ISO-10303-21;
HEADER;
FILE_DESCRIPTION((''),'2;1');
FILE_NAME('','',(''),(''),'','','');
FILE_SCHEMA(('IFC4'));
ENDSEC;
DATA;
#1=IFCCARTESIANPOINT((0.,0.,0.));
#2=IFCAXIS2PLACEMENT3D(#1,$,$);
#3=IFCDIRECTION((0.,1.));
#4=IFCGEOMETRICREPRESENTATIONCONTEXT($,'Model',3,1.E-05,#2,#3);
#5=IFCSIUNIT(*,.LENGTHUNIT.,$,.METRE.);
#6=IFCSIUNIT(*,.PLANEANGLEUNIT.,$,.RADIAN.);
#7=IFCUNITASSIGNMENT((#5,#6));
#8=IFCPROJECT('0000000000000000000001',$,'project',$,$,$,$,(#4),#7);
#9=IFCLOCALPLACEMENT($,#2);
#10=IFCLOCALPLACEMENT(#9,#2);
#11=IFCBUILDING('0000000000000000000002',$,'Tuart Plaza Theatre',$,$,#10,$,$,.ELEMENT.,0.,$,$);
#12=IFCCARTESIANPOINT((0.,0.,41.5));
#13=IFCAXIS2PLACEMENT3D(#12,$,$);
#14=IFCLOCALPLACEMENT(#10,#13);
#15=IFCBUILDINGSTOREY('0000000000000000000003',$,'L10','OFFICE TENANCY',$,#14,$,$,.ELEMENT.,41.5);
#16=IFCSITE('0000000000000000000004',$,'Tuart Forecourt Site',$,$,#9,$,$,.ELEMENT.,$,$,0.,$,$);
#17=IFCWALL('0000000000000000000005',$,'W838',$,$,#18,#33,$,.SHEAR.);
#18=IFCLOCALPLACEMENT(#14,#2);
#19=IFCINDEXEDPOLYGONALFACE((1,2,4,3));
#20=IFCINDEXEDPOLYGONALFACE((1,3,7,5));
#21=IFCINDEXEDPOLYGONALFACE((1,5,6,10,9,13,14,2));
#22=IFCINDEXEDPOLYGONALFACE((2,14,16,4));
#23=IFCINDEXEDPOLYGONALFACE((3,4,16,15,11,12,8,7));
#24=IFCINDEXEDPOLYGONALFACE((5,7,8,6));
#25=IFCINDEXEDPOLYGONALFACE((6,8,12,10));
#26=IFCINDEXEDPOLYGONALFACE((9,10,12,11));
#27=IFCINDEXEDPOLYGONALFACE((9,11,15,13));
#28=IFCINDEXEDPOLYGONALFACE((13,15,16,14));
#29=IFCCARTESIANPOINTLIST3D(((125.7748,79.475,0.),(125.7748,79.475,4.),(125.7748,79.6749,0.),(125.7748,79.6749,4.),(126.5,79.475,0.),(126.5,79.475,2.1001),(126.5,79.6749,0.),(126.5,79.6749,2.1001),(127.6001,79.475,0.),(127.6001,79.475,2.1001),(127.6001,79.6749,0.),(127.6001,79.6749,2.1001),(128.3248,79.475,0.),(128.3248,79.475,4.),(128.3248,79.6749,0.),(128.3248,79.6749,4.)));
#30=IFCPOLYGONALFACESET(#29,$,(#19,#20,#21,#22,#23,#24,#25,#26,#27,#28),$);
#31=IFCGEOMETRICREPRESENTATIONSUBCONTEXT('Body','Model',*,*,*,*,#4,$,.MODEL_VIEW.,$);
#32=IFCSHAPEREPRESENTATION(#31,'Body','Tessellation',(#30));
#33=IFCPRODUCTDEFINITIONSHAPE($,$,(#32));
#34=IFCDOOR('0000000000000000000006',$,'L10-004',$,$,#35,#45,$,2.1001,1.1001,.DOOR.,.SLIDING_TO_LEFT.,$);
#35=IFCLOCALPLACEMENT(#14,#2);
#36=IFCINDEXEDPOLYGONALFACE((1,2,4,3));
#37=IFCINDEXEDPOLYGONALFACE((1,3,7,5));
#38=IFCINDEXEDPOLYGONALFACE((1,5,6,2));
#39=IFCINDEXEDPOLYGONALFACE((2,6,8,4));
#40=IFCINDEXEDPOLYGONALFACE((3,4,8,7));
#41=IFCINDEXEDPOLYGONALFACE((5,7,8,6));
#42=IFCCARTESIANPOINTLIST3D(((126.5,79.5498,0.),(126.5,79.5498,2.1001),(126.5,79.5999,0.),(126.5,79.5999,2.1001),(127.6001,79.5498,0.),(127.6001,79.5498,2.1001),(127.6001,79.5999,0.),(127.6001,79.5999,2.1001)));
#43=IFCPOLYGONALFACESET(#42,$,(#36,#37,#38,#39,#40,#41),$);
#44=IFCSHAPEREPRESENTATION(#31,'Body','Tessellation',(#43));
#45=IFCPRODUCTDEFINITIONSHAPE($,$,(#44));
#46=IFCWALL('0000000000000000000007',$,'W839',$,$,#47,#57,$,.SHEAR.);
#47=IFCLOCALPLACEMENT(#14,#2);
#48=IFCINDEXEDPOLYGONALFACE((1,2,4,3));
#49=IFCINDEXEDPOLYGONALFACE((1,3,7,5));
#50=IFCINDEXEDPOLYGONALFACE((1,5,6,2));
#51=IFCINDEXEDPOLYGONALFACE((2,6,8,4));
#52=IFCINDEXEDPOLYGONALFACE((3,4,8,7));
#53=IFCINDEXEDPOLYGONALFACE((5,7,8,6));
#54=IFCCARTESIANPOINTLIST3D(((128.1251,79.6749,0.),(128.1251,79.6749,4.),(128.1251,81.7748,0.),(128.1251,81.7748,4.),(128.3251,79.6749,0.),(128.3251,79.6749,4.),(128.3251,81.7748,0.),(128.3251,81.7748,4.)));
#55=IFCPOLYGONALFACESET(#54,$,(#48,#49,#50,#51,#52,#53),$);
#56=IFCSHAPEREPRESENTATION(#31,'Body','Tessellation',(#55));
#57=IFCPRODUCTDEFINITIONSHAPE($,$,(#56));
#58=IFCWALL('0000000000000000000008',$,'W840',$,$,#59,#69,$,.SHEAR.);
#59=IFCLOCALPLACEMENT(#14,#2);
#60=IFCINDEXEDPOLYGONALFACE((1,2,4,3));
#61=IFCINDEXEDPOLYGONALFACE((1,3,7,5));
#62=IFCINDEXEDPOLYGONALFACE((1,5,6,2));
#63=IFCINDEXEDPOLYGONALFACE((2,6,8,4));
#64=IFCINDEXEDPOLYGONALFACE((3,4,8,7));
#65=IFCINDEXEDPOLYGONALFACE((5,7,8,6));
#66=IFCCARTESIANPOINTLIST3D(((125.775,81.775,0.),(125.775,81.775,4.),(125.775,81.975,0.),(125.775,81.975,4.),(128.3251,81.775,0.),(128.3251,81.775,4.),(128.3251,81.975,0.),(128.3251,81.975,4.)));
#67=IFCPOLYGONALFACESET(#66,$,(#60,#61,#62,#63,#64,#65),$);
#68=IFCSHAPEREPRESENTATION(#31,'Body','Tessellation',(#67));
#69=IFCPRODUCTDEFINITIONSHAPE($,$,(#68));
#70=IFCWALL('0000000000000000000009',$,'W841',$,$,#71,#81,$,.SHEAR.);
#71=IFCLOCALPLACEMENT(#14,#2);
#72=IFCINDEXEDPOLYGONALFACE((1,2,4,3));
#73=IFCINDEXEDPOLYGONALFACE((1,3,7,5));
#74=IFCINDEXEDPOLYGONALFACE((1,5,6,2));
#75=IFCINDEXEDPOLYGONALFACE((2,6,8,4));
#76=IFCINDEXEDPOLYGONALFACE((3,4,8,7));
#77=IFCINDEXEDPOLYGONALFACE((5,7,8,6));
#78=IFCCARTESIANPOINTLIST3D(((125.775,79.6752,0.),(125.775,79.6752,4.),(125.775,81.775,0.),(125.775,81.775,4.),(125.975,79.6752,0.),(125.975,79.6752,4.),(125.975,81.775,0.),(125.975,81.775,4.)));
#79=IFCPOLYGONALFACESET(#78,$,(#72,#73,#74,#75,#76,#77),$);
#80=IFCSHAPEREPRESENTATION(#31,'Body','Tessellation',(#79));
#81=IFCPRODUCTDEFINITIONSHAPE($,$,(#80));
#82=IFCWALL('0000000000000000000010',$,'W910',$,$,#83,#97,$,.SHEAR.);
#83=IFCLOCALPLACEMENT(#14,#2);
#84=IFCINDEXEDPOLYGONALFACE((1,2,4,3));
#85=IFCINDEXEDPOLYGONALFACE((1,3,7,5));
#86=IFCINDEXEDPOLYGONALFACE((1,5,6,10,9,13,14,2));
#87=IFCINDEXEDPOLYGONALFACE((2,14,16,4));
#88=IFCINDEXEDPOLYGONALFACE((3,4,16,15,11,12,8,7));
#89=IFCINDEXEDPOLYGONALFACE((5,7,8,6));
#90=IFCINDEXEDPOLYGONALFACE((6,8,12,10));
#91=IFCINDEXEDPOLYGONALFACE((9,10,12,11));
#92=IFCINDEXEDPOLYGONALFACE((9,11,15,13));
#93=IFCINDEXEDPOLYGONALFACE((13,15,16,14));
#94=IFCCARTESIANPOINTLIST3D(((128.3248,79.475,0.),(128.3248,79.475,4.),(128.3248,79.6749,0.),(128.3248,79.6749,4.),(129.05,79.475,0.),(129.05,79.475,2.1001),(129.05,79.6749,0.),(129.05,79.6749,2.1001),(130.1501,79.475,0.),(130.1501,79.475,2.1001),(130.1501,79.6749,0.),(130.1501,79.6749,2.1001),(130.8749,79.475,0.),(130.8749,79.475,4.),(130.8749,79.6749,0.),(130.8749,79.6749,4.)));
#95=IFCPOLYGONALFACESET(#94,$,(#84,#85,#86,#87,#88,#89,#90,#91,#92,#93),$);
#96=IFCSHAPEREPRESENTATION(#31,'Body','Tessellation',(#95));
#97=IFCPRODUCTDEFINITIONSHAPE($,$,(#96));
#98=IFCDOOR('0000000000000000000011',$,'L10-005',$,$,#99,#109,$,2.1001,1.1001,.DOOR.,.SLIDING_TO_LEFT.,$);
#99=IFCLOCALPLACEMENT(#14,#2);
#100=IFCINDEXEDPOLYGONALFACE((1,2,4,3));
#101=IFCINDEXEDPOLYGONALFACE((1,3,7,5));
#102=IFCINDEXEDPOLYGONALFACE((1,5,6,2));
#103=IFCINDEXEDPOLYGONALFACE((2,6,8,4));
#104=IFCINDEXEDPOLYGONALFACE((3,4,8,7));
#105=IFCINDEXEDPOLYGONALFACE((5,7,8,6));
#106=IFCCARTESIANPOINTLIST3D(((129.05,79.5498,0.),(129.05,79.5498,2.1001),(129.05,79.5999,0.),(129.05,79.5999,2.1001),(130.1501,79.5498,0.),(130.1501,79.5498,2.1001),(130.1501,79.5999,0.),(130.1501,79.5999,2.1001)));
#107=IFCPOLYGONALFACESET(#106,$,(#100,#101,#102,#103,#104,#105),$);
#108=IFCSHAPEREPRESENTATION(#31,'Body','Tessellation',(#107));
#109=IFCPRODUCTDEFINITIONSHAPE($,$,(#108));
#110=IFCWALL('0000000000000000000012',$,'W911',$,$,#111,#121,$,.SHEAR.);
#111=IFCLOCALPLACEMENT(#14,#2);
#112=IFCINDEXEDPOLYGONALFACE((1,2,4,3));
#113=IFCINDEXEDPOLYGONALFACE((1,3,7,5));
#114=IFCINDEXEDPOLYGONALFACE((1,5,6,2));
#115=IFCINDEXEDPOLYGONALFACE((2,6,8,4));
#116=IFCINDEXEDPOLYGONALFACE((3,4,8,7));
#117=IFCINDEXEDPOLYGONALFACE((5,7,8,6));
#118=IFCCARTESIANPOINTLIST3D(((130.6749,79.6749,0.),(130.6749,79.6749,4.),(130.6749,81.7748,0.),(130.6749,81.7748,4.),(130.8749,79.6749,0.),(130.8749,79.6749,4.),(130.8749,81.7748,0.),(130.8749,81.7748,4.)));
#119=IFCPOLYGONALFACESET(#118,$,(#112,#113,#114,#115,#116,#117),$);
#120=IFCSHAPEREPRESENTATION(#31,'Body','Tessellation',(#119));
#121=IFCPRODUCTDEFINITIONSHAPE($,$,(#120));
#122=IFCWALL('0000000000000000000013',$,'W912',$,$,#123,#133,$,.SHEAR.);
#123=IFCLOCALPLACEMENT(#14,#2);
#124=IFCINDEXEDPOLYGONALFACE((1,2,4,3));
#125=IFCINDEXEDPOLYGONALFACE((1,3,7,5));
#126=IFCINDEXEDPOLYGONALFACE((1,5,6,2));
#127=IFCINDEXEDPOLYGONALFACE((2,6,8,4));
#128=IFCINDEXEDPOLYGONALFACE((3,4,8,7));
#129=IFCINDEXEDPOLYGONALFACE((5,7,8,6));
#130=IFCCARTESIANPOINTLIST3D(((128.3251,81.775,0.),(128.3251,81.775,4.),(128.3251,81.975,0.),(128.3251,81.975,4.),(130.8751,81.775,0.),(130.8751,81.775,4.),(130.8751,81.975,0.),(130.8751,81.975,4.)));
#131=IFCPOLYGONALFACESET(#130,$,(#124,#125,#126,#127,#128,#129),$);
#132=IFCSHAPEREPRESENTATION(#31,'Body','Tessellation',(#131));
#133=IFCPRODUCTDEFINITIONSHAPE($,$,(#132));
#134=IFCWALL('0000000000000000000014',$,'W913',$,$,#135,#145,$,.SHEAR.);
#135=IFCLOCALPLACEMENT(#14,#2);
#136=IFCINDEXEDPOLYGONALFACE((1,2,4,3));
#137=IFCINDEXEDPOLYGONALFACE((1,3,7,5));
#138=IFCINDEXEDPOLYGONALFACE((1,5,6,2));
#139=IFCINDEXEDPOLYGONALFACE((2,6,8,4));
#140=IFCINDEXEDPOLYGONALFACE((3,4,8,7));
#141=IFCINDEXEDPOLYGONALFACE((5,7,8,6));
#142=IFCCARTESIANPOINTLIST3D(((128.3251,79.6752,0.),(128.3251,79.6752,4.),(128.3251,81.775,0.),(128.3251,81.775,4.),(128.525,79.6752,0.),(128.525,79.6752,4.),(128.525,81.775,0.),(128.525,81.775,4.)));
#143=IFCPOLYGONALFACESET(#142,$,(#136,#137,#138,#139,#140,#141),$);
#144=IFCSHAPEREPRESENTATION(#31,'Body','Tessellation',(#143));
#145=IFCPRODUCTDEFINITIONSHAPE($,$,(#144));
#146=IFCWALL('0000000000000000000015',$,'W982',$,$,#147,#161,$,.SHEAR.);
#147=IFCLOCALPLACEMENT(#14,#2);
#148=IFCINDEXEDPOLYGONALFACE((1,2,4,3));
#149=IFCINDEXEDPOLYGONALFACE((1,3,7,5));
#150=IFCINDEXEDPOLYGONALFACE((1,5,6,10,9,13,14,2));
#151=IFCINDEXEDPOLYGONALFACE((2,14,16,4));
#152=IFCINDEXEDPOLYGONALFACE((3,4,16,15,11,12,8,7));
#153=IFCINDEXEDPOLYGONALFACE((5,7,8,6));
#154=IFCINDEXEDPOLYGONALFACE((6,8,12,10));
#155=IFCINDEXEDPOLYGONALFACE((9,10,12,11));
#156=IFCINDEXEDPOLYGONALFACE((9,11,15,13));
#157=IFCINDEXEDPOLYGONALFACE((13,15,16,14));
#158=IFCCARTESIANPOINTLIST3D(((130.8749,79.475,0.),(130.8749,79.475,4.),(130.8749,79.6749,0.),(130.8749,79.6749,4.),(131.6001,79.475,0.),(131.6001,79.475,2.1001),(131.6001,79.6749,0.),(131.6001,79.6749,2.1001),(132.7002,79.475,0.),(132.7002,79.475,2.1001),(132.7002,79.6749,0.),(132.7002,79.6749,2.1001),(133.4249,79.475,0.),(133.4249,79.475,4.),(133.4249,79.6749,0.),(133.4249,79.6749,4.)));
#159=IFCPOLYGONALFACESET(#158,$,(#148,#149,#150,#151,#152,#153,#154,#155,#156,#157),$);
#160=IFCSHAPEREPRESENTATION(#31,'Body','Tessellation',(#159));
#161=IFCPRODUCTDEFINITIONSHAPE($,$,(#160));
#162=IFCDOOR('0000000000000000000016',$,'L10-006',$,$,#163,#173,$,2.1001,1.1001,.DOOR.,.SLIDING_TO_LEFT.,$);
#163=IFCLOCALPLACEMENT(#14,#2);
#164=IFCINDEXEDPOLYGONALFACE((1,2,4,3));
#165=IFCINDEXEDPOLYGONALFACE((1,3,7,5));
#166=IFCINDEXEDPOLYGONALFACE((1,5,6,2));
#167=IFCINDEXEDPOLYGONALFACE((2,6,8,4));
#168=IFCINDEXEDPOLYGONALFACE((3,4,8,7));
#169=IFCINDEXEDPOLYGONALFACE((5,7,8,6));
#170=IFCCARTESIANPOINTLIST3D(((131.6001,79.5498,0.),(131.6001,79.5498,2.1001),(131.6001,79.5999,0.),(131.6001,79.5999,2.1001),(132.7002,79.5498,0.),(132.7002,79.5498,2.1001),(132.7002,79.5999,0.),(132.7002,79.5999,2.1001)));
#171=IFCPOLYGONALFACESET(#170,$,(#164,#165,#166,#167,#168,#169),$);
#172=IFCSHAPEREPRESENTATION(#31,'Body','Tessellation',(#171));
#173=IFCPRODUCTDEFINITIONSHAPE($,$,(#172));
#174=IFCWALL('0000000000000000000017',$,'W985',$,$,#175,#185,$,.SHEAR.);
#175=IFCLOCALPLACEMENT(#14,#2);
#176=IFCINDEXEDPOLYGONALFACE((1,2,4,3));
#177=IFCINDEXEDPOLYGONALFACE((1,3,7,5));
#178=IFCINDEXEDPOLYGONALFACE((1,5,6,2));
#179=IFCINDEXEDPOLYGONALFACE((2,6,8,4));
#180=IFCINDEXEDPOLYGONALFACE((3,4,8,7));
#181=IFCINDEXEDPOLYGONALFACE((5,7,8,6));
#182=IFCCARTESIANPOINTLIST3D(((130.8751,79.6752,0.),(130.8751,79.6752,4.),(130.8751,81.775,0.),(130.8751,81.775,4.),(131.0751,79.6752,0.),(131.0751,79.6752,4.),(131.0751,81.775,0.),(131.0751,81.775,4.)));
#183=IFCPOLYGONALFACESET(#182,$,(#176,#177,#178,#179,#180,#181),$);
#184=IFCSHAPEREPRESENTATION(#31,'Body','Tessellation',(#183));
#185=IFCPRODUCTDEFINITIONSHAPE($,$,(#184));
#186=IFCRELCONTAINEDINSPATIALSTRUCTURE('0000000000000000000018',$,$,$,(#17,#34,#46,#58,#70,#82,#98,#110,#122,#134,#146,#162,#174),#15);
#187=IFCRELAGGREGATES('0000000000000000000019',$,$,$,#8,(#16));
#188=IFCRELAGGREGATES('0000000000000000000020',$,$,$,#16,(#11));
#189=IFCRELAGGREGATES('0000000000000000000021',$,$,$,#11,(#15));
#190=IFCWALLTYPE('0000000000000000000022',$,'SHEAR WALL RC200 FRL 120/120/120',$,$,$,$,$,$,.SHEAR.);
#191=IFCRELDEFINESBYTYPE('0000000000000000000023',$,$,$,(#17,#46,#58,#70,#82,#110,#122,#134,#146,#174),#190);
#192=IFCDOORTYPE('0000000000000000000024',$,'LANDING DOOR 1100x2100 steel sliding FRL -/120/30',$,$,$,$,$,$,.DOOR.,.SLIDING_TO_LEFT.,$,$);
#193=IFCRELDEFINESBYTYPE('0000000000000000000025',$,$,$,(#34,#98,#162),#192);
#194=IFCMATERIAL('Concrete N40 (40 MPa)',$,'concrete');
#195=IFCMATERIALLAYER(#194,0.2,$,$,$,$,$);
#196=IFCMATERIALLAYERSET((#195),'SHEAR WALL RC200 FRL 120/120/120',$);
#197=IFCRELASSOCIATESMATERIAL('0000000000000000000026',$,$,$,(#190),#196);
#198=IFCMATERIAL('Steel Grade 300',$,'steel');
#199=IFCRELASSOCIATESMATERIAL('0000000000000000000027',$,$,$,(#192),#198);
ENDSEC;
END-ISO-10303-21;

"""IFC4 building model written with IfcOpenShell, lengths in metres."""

from ifc_helpers import new_model, si_unit, direction, frame, frame_2d, origin, place, context, subcontext, project, spatial, rectangle, extrude, material, layer, layer_set, type_object, element, fill, save


model = new_model("IFC4")

# Units and contexts
model_context = context("Model", 3, precision=1e-05, world=origin(), true_north=direction((0.0, 1.0)))
body_context = subcontext(model_context, "Body", "Model", "MODEL_VIEW")
ifc_project = project(units=[si_unit("LENGTHUNIT", "METRE"), si_unit("PLANEANGLEUNIT", "RADIAN")], contexts=[model_context])

# Site, building, storey
site_placement = place(None, origin())
site = spatial("IfcSite", under=ifc_project, at=site_placement, Name="Tuart Forecourt Site", CompositionType="ELEMENT", RefElevation=0.0)
building_placement = place(site_placement, origin())
building = spatial("IfcBuilding", under=site, at=building_placement, Name="Tuart Plaza Theatre", CompositionType="ELEMENT", ElevationOfRefHeight=0.0)
storey_placement = place(building_placement, frame((0.0, 0.0, 41.5)))
storey = spatial("IfcBuildingStorey", under=building, at=storey_placement, Name="L10", Description="OFFICE TENANCY", CompositionType="ELEMENT", Elevation=41.5)

# Shared definitions
ifc_material_1 = material(Name="Concrete N40 (40 MPa)", Category="concrete")
ifc_layer_1 = layer(ifc_material_1, 0.2)
ifc_layer_set_1 = layer_set([ifc_layer_1], Name="SHEAR WALL RC200 FRL 120/120/120")
wall_type_1 = type_object("IfcWallType", Name="SHEAR WALL RC200 FRL 120/120/120", PredefinedType="SHEAR", material=ifc_layer_set_1)
ifc_material_2 = material(Name="Steel Grade 300", Category="steel")
door_type_1 = type_object("IfcDoorType", Name="LANDING DOOR 1100x2100 steel sliding FRL -/120/30", OperationType="SLIDING_TO_LEFT", PredefinedType="DOOR", material=ifc_material_2)

# Wall, opening, door
wall_1_placement = place(storey_placement, frame((125.7749, 79.575, 0.0), z_axis=(0.0, 0.0, 1.0), x_axis=(1.0, 0.0, 0.0)))
wall_1 = element("IfcWall", 1, at=wall_1_placement, inside=storey, type_object=wall_type_1, Name="W838", PredefinedType="SHEAR", context=body_context, shape_type="SweptSolid", body=[
    extrude(rectangle(XDim=2.55, YDim=0.2, at=frame_2d((1.2749, 0.0))), origin(), (0.0, 0.0, 1.0), 4.0),
])
opening_1_placement = place(wall_1_placement, frame((0.7251, 0.0, 0.0)))
opening_1 = element("IfcOpeningElement", 2, at=opening_1_placement, cuts=wall_1, PredefinedType="OPENING", context=body_context, shape_type="SweptSolid", body=[
    extrude(rectangle(XDim=1.1001, YDim=2.1001, at=frame_2d((0.55, 1.05))), frame((0.0, 0.1099, 0.0), z_axis=(0.0, -1.0, 0.0), x_axis=(1.0, 0.0, 0.0)), (0.0, 0.0, 1.0), 0.22),
])
door_1_placement = place(opening_1_placement, origin())
door_1 = element("IfcDoor", 3, at=door_1_placement, inside=storey, type_object=door_type_1, Name="L10-004", OperationType="SLIDING_TO_LEFT", OverallHeight=2.1001, OverallWidth=1.1001, PredefinedType="DOOR", context=body_context, shape_type="SweptSolid", body=[
    extrude(rectangle(XDim=1.1001, YDim=2.1001, at=frame_2d((0.55, 1.05))), frame((0.0, 0.0249, 0.0), z_axis=(0.0, -1.0, 0.0), x_axis=(1.0, 0.0, 0.0)), (0.0, 0.0, 1.0), 0.05),
])
fill(opening_1, door_1)

# Walls
wall_2_placement = place(storey_placement, frame((128.2251, 79.675, 0.0), z_axis=(0.0, 0.0, 1.0), x_axis=(0.0, 1.0, 0.0)))
element("IfcWall", 4, at=wall_2_placement, inside=storey, type_object=wall_type_1, Name="W839", PredefinedType="SHEAR", context=body_context, shape_type="SweptSolid", body=[
    extrude(rectangle(XDim=2.0999, YDim=0.2, at=frame_2d((1.0498, 0.0))), origin(), (0.0, 0.0, 1.0), 4.0),
])
wall_3_placement = place(storey_placement, frame((128.325, 81.875, 0.0), z_axis=(0.0, 0.0, 1.0), x_axis=(-1.0, 0.0, 0.0)))
element("IfcWall", 5, at=wall_3_placement, inside=storey, type_object=wall_type_1, Name="W840", PredefinedType="SHEAR", context=body_context, shape_type="SweptSolid", body=[
    extrude(rectangle(XDim=2.55, YDim=0.2, at=frame_2d((1.2749, 0.0))), origin(), (0.0, 0.0, 1.0), 4.0),
])
wall_4_placement = place(storey_placement, frame((125.875, 81.7749, 0.0), z_axis=(0.0, 0.0, 1.0), x_axis=(0.0, -1.0, 0.0)))
element("IfcWall", 6, at=wall_4_placement, inside=storey, type_object=wall_type_1, Name="W841", PredefinedType="SHEAR", context=body_context, shape_type="SweptSolid", body=[
    extrude(rectangle(XDim=2.0999, YDim=0.2, at=frame_2d((1.0498, 0.0))), origin(), (0.0, 0.0, 1.0), 4.0),
])

# Wall, opening, door
wall_5_placement = place(storey_placement, frame((128.325, 79.575, 0.0), z_axis=(0.0, 0.0, 1.0), x_axis=(1.0, 0.0, 0.0)))
wall_5 = element("IfcWall", 7, at=wall_5_placement, inside=storey, type_object=wall_type_1, Name="W910", PredefinedType="SHEAR", context=body_context, shape_type="SweptSolid", body=[
    extrude(rectangle(XDim=2.55, YDim=0.2, at=frame_2d((1.2749, 0.0))), origin(), (0.0, 0.0, 1.0), 4.0),
])
opening_2_placement = place(wall_5_placement, frame((0.7251, 0.0, 0.0)))
opening_2 = element("IfcOpeningElement", 8, at=opening_2_placement, cuts=wall_5, PredefinedType="OPENING", context=body_context, shape_type="SweptSolid", body=[
    extrude(rectangle(XDim=1.1001, YDim=2.1001, at=frame_2d((0.55, 1.05))), frame((0.0, 0.1099, 0.0), z_axis=(0.0, -1.0, 0.0), x_axis=(1.0, 0.0, 0.0)), (0.0, 0.0, 1.0), 0.22),
])
door_2_placement = place(opening_2_placement, origin())
door_2 = element("IfcDoor", 9, at=door_2_placement, inside=storey, type_object=door_type_1, Name="L10-005", OperationType="SLIDING_TO_LEFT", OverallHeight=2.1001, OverallWidth=1.1001, PredefinedType="DOOR", context=body_context, shape_type="SweptSolid", body=[
    extrude(rectangle(XDim=1.1001, YDim=2.1001, at=frame_2d((0.55, 1.05))), frame((0.0, 0.0249, 0.0), z_axis=(0.0, -1.0, 0.0), x_axis=(1.0, 0.0, 0.0)), (0.0, 0.0, 1.0), 0.05),
])
fill(opening_2, door_2)

# Walls
wall_6_placement = place(storey_placement, frame((130.7749, 79.675, 0.0), z_axis=(0.0, 0.0, 1.0), x_axis=(0.0, 1.0, 0.0)))
element("IfcWall", 10, at=wall_6_placement, inside=storey, type_object=wall_type_1, Name="W911", PredefinedType="SHEAR", context=body_context, shape_type="SweptSolid", body=[
    extrude(rectangle(XDim=2.0999, YDim=0.2, at=frame_2d((1.0498, 0.0))), origin(), (0.0, 0.0, 1.0), 4.0),
])
wall_7_placement = place(storey_placement, frame((130.875, 81.875, 0.0), z_axis=(0.0, 0.0, 1.0), x_axis=(-1.0, 0.0, 0.0)))
element("IfcWall", 11, at=wall_7_placement, inside=storey, type_object=wall_type_1, Name="W912", PredefinedType="SHEAR", context=body_context, shape_type="SweptSolid", body=[
    extrude(rectangle(XDim=2.55, YDim=0.2, at=frame_2d((1.2749, 0.0))), origin(), (0.0, 0.0, 1.0), 4.0),
])
wall_8_placement = place(storey_placement, frame((128.425, 81.7749, 0.0), z_axis=(0.0, 0.0, 1.0), x_axis=(0.0, -1.0, 0.0)))
element("IfcWall", 12, at=wall_8_placement, inside=storey, type_object=wall_type_1, Name="W913", PredefinedType="SHEAR", context=body_context, shape_type="SweptSolid", body=[
    extrude(rectangle(XDim=2.0999, YDim=0.2, at=frame_2d((1.0498, 0.0))), origin(), (0.0, 0.0, 1.0), 4.0),
])

# Wall, opening, door
wall_9_placement = place(storey_placement, frame((130.875, 79.575, 0.0), z_axis=(0.0, 0.0, 1.0), x_axis=(1.0, 0.0, 0.0)))
wall_9 = element("IfcWall", 13, at=wall_9_placement, inside=storey, type_object=wall_type_1, Name="W982", PredefinedType="SHEAR", context=body_context, shape_type="SweptSolid", body=[
    extrude(rectangle(XDim=2.55, YDim=0.2, at=frame_2d((1.2749, 0.0))), origin(), (0.0, 0.0, 1.0), 4.0),
])
opening_3_placement = place(wall_9_placement, frame((0.7251, 0.0, 0.0)))
opening_3 = element("IfcOpeningElement", 14, at=opening_3_placement, cuts=wall_9, PredefinedType="OPENING", context=body_context, shape_type="SweptSolid", body=[
    extrude(rectangle(XDim=1.1001, YDim=2.1001, at=frame_2d((0.55, 1.05))), frame((0.0, 0.1099, 0.0), z_axis=(0.0, -1.0, 0.0), x_axis=(1.0, 0.0, 0.0)), (0.0, 0.0, 1.0), 0.22),
])
door_3_placement = place(opening_3_placement, origin())
door_3 = element("IfcDoor", 15, at=door_3_placement, inside=storey, type_object=door_type_1, Name="L10-006", OperationType="SLIDING_TO_LEFT", OverallHeight=2.1001, OverallWidth=1.1001, PredefinedType="DOOR", context=body_context, shape_type="SweptSolid", body=[
    extrude(rectangle(XDim=1.1001, YDim=2.1001, at=frame_2d((0.55, 1.05))), frame((0.0, 0.0249, 0.0), z_axis=(0.0, -1.0, 0.0), x_axis=(1.0, 0.0, 0.0)), (0.0, 0.0, 1.0), 0.05),
])
fill(opening_3, door_3)

# Wall
wall_10_placement = place(storey_placement, frame((130.9751, 81.7749, 0.0), z_axis=(0.0, 0.0, 1.0), x_axis=(0.0, -1.0, 0.0)))
element("IfcWall", 16, at=wall_10_placement, inside=storey, type_object=wall_type_1, Name="W985", PredefinedType="SHEAR", context=body_context, shape_type="SweptSolid", body=[
    extrude(rectangle(XDim=2.0999, YDim=0.2, at=frame_2d((1.0498, 0.0))), origin(), (0.0, 0.0, 1.0), 4.0),
])

save(model, "model.ifc")
